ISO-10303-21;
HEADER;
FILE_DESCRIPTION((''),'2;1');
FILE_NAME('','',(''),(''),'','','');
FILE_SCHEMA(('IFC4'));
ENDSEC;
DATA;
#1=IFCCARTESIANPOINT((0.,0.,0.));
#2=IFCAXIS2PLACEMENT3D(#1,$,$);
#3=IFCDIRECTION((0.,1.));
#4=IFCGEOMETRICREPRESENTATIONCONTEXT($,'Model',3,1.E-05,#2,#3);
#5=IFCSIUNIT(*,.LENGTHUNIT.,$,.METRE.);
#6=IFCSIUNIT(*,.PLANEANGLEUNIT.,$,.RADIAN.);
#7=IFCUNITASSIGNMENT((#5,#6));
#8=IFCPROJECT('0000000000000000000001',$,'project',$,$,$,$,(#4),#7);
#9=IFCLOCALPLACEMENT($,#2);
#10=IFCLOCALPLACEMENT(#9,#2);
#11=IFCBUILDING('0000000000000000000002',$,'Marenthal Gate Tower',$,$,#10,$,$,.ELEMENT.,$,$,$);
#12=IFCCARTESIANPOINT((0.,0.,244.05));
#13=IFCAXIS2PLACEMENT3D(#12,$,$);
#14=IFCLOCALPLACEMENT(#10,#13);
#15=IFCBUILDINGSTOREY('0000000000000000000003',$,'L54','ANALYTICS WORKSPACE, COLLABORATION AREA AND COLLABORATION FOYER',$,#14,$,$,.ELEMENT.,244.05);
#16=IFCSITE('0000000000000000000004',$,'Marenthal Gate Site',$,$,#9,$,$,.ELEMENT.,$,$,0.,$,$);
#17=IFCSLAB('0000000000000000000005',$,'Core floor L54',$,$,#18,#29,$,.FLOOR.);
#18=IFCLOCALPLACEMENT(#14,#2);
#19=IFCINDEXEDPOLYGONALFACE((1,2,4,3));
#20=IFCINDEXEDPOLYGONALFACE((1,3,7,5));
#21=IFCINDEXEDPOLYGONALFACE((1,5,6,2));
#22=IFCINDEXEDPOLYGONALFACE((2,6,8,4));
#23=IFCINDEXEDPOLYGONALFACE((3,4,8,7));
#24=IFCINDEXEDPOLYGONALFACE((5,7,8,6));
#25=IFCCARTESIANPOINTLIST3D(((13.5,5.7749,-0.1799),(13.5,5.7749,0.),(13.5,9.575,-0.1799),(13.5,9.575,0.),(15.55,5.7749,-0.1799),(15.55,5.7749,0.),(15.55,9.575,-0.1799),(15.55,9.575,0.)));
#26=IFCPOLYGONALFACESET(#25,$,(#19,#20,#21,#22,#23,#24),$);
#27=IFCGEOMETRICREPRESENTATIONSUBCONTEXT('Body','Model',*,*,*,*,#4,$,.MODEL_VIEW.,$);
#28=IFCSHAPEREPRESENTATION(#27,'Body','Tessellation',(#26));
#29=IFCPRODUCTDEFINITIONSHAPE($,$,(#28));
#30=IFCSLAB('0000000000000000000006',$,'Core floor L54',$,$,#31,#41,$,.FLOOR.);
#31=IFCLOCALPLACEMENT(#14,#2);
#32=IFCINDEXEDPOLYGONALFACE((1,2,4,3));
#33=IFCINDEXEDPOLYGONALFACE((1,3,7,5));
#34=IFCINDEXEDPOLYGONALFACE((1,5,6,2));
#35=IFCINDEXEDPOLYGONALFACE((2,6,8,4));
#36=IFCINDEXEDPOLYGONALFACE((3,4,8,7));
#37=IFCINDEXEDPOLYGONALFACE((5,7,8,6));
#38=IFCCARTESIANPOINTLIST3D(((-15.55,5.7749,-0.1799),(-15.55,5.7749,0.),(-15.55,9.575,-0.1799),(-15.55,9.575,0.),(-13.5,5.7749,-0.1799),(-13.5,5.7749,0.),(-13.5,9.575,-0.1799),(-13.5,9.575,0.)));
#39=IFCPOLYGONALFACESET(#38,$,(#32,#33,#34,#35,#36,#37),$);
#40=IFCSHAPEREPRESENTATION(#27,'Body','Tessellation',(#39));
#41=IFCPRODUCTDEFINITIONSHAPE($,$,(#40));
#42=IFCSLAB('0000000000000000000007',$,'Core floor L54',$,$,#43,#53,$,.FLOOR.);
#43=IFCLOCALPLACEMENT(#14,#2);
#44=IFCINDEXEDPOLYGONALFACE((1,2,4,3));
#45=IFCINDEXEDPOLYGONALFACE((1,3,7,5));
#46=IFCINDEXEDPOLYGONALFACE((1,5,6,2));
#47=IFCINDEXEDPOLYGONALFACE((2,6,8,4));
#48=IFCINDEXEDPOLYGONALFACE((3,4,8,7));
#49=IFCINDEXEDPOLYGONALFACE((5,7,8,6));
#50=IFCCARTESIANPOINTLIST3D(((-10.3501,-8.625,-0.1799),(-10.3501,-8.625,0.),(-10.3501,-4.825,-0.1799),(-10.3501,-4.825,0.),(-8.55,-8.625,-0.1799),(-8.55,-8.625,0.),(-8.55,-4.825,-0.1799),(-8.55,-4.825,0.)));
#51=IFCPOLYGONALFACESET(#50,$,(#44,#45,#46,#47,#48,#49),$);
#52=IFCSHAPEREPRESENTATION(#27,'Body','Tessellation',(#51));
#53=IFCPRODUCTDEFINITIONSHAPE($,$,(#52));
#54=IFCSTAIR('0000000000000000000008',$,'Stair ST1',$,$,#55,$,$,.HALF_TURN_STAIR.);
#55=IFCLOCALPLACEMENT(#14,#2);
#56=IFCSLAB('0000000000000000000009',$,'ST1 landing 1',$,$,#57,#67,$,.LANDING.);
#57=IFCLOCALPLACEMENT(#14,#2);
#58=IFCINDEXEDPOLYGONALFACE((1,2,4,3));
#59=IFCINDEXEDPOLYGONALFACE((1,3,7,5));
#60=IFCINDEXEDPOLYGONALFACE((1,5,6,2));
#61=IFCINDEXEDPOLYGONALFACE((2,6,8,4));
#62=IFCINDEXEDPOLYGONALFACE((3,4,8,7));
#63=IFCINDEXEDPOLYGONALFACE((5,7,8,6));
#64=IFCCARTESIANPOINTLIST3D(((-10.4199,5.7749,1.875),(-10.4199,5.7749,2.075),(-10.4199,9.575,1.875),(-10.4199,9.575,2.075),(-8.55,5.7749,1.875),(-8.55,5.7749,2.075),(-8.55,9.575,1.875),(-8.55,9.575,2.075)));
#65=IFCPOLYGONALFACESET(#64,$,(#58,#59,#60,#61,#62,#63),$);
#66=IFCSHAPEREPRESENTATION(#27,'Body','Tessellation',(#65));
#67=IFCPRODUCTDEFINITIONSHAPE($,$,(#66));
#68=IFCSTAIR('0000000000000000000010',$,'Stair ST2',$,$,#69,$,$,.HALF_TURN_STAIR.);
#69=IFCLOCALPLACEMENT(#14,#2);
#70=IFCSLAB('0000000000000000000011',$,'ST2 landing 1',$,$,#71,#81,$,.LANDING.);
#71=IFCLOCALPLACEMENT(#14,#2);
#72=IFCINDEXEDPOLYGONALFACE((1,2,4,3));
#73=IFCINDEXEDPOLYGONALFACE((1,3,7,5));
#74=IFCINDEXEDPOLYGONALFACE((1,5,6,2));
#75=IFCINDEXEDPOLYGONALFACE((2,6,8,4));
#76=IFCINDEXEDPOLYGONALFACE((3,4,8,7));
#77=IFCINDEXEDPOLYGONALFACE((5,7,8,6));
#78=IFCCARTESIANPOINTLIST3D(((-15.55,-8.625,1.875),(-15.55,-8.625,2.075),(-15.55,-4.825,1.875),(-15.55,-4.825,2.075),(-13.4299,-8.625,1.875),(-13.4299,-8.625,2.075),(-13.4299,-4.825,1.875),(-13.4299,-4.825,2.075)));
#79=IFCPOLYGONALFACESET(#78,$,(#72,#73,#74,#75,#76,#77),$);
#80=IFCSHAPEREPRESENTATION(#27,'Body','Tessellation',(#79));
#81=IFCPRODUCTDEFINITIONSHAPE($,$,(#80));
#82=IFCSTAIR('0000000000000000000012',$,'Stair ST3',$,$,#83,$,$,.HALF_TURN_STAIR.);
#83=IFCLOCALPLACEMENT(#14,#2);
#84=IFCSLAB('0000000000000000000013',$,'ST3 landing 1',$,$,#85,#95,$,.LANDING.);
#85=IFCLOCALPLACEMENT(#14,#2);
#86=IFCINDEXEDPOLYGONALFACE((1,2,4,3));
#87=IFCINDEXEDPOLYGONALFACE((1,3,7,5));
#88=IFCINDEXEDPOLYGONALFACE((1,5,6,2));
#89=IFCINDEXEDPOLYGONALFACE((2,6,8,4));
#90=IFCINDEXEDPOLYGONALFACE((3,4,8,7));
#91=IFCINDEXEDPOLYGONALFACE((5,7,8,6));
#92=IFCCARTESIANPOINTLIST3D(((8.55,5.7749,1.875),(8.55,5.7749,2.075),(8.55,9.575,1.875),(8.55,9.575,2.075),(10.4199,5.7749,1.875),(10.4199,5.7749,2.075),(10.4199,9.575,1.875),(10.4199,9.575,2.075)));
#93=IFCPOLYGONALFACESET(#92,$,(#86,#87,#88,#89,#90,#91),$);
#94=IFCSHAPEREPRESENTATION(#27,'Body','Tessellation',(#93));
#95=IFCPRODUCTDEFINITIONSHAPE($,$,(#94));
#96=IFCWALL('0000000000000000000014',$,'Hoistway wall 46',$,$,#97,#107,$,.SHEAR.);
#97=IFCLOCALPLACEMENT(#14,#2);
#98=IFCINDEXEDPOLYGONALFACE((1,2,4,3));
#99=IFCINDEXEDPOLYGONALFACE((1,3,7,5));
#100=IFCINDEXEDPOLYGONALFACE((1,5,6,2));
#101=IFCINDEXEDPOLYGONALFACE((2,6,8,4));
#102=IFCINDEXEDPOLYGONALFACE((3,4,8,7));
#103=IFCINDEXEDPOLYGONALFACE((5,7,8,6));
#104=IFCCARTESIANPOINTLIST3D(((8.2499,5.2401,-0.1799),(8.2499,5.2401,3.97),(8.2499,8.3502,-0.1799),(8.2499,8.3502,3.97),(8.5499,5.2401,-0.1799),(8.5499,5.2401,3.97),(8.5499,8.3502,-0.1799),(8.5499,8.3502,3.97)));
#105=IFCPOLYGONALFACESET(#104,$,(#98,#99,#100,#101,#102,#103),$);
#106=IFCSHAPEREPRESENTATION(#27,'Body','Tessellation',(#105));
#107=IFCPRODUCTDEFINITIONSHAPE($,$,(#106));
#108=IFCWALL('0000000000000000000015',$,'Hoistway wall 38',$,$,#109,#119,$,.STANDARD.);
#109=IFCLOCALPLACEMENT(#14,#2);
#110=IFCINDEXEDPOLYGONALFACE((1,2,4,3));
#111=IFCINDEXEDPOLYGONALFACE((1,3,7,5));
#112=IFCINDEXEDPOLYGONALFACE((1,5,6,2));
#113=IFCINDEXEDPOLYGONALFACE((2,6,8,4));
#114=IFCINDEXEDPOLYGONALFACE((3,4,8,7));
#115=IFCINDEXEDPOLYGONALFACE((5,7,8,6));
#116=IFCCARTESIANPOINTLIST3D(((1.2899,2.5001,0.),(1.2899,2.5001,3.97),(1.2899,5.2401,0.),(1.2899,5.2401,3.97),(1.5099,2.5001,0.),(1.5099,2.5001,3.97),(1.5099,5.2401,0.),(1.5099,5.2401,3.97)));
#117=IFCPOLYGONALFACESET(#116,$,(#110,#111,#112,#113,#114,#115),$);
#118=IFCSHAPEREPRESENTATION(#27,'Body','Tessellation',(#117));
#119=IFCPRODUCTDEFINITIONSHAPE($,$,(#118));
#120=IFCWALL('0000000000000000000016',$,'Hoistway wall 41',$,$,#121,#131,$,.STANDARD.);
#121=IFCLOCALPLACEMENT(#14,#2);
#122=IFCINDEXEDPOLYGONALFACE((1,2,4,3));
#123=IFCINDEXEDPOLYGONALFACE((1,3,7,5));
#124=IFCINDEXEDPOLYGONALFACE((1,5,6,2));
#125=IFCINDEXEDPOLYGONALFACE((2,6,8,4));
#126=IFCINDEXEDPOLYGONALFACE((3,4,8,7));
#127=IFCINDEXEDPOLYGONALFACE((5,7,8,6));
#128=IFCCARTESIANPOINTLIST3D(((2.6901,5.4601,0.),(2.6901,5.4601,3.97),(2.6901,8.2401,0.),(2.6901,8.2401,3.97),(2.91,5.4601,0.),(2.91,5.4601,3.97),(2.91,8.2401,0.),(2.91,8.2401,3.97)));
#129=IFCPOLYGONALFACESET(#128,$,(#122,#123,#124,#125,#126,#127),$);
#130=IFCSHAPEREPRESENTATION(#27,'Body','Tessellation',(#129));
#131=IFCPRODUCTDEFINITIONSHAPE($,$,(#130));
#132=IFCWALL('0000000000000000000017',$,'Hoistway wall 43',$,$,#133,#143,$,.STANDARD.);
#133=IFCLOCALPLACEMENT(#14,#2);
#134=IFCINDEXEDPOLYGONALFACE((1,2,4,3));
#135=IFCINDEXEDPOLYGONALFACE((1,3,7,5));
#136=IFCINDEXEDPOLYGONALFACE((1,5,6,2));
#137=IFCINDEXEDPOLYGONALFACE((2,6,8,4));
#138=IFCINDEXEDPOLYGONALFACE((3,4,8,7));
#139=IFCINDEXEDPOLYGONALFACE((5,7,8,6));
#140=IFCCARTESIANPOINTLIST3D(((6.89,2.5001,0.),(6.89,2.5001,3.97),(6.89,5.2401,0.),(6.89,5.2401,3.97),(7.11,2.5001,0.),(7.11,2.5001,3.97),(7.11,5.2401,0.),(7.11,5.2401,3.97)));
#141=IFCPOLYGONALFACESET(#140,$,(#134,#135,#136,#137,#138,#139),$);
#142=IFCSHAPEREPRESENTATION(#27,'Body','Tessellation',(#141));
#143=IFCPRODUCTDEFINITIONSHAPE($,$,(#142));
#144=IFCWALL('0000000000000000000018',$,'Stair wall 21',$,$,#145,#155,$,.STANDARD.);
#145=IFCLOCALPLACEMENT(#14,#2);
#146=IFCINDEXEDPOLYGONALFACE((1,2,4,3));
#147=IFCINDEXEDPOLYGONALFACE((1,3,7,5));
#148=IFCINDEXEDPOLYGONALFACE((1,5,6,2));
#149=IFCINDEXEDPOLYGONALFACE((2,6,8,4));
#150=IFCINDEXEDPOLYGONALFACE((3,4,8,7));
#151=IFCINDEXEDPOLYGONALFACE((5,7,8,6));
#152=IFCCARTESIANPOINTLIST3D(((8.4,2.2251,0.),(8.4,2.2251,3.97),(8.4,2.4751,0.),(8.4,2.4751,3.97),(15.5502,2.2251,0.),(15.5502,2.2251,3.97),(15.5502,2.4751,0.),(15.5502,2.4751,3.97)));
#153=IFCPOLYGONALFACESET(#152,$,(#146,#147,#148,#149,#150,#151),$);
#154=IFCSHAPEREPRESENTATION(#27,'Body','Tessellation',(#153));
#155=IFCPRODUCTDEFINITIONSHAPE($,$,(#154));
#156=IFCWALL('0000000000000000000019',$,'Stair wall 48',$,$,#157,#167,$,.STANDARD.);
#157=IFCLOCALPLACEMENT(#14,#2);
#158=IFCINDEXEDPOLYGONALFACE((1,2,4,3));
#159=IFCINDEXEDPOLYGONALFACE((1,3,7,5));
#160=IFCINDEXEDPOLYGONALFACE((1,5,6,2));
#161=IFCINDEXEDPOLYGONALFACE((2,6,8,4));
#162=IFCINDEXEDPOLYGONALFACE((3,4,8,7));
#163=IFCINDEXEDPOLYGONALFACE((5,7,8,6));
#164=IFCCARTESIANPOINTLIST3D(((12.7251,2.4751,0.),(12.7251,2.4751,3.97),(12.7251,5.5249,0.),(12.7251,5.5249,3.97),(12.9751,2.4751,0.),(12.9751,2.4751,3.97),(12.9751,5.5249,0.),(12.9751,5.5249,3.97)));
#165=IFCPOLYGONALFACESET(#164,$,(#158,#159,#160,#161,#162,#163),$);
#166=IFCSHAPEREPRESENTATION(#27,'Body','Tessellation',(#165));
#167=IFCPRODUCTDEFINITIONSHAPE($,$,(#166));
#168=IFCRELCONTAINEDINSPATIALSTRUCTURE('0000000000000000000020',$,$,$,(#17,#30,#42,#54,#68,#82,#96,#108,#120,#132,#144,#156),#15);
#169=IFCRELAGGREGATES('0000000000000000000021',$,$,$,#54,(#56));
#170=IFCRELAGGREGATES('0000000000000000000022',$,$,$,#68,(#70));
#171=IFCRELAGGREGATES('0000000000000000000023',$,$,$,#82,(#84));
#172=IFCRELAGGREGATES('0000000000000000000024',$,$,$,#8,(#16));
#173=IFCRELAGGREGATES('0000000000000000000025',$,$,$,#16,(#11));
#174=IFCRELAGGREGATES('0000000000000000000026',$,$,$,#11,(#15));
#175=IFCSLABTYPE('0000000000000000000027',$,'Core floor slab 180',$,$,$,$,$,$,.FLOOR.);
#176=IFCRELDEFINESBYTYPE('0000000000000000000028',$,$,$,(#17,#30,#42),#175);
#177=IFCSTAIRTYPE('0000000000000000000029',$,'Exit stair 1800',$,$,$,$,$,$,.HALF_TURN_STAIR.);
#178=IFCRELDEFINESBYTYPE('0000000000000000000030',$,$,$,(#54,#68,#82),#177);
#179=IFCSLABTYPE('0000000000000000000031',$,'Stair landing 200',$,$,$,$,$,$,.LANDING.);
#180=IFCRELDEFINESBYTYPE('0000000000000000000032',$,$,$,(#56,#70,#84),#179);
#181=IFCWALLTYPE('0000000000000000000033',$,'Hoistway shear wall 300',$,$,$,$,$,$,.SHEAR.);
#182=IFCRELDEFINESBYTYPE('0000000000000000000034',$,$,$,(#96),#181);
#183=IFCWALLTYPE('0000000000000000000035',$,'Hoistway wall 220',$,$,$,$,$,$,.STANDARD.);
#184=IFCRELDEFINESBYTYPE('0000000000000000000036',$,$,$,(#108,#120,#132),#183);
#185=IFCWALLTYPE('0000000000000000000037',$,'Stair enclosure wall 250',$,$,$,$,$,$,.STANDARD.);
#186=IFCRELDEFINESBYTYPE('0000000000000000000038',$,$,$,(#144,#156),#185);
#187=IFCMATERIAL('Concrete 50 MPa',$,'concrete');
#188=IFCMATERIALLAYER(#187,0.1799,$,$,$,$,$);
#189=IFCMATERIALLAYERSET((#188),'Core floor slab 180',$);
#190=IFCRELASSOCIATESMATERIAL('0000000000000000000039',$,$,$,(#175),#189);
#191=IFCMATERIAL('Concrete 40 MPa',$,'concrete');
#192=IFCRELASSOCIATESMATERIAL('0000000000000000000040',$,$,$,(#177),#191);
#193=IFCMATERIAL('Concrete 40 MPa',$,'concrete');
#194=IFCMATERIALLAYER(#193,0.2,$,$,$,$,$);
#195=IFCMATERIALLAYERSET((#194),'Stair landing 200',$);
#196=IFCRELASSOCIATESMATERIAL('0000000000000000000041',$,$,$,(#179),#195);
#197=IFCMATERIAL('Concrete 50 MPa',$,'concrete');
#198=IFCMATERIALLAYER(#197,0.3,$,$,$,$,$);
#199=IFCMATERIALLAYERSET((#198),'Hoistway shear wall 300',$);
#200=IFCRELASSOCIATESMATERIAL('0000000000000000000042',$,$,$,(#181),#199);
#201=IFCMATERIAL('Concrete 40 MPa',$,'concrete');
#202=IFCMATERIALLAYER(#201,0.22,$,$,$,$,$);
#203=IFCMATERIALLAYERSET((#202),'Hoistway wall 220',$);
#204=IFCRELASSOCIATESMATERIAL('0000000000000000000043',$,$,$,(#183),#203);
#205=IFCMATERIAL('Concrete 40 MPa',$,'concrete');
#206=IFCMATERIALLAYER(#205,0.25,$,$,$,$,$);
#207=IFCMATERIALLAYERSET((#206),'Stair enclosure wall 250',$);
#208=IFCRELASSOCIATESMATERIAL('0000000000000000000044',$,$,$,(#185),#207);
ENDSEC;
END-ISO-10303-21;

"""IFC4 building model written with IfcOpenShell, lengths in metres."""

from ifc_helpers import new_model, si_unit, direction, frame, frame_2d, origin, place, context, subcontext, project, spatial, polyline, rectangle, outline, extrude, material, layer, layer_set, type_object, element, aggregate, save


model = new_model("IFC4")

# Units and contexts
model_context = context("Model", 3, precision=1e-05, world=origin(), true_north=direction((0.0, 1.0)))
body_context = subcontext(model_context, "Body", "Model", "MODEL_VIEW")
ifc_project = project(units=[si_unit("LENGTHUNIT", "METRE"), si_unit("PLANEANGLEUNIT", "RADIAN")], contexts=[model_context])

# Site, building, storey
site_placement = place(None, origin())
site = spatial("IfcSite", under=ifc_project, at=site_placement, Name="Marenthal Gate Site", CompositionType="ELEMENT", RefElevation=0.0)
building_placement = place(site_placement, origin())
building = spatial("IfcBuilding", under=site, at=building_placement, Name="Marenthal Gate Tower", CompositionType="ELEMENT")
storey_placement = place(building_placement, frame((0.0, 0.0, 244.05)))
storey = spatial("IfcBuildingStorey", under=building, at=storey_placement, Name="L54", Description="ANALYTICS WORKSPACE, COLLABORATION AREA AND COLLABORATION FOYER", CompositionType="ELEMENT", Elevation=244.05)

# Slabs
ifc_material_1 = material(Name="Concrete 50 MPa", Category="concrete")
ifc_layer_1 = layer(ifc_material_1, 0.1799)
ifc_layer_set_1 = layer_set([ifc_layer_1], Name="Core floor slab 180")
slab_type_1 = type_object("IfcSlabType", Name="Core floor slab 180", PredefinedType="FLOOR", material=ifc_layer_set_1)
slab_1_placement = place(storey_placement, frame((0.0, 0.0, -0.1799)))
element("IfcSlab", 1, at=slab_1_placement, inside=storey, type_object=slab_type_1, Name="Core floor L54", PredefinedType="FLOOR", context=body_context, shape_type="SweptSolid", body=[
    extrude(outline(polyline([(15.55, 5.7749), (13.5, 5.7749), (13.5, 9.575), (15.55, 9.575), (15.55, 5.7749)])), origin(), (0.0, 0.0, 1.0), 0.1799),
])
slab_2_placement = place(storey_placement, frame((0.0, 0.0, -0.1799)))
element("IfcSlab", 2, at=slab_2_placement, inside=storey, type_object=slab_type_1, Name="Core floor L54", PredefinedType="FLOOR", context=body_context, shape_type="SweptSolid", body=[
    extrude(outline(polyline([(-15.55, 9.575), (-13.5, 9.575), (-13.5, 5.7749), (-15.55, 5.7749), (-15.55, 9.575)])), origin(), (0.0, 0.0, 1.0), 0.1799),
])
slab_3_placement = place(storey_placement, frame((0.0, 0.0, -0.1799)))
element("IfcSlab", 3, at=slab_3_placement, inside=storey, type_object=slab_type_1, Name="Core floor L54", PredefinedType="FLOOR", context=body_context, shape_type="SweptSolid", body=[
    extrude(outline(polyline([(-8.55, -8.625), (-10.3501, -8.625), (-10.3501, -4.825), (-8.55, -4.825), (-8.55, -8.625)])), origin(), (0.0, 0.0, 1.0), 0.1799),
])

# Stairs, slabs
ifc_material_2 = material(Name="Concrete 40 MPa", Category="concrete")
stair_type = type_object("IfcStairType", Name="Exit stair 1800", PredefinedType="HALF_TURN_STAIR", material=ifc_material_2)
stair_1_placement = place(storey_placement, origin())
stair_1 = element("IfcStair", 4, at=stair_1_placement, inside=storey, type_object=stair_type, Name="Stair ST1", PredefinedType="HALF_TURN_STAIR")
ifc_material_3 = material(Name="Concrete 40 MPa", Category="concrete")
ifc_layer_2 = layer(ifc_material_3, 0.2)
ifc_layer_set_2 = layer_set([ifc_layer_2], Name="Stair landing 200")
slab_type_2 = type_object("IfcSlabType", Name="Stair landing 200", PredefinedType="LANDING", material=ifc_layer_set_2)
slab_4_placement = place(storey_placement, frame((0.0, 0.0, 1.875)))
slab_4 = element("IfcSlab", 5, at=slab_4_placement, type_object=slab_type_2, Name="ST1 landing 1", PredefinedType="LANDING", context=body_context, shape_type="SweptSolid", body=[
    extrude(outline(polyline([(-10.4199, 5.7749), (-8.55, 5.7749), (-8.55, 9.575), (-10.4199, 9.575), (-10.4199, 5.7749)])), origin(), (0.0, 0.0, 1.0), 0.2),
])
aggregate(stair_1, [slab_4])
stair_2_placement = place(storey_placement, origin())
stair_2 = element("IfcStair", 6, at=stair_2_placement, inside=storey, type_object=stair_type, Name="Stair ST2", PredefinedType="HALF_TURN_STAIR")
slab_5_placement = place(storey_placement, frame((0.0, 0.0, 1.875)))
slab_5 = element("IfcSlab", 7, at=slab_5_placement, type_object=slab_type_2, Name="ST2 landing 1", PredefinedType="LANDING", context=body_context, shape_type="SweptSolid", body=[
    extrude(outline(polyline([(-15.55, -8.625), (-13.4299, -8.625), (-13.4299, -4.825), (-15.55, -4.825), (-15.55, -8.625)])), origin(), (0.0, 0.0, 1.0), 0.2),
])
aggregate(stair_2, [slab_5])
stair_3_placement = place(storey_placement, origin())
stair_3 = element("IfcStair", 8, at=stair_3_placement, inside=storey, type_object=stair_type, Name="Stair ST3", PredefinedType="HALF_TURN_STAIR")
slab_6_placement = place(storey_placement, frame((0.0, 0.0, 1.875)))
slab_6 = element("IfcSlab", 9, at=slab_6_placement, type_object=slab_type_2, Name="ST3 landing 1", PredefinedType="LANDING", context=body_context, shape_type="SweptSolid", body=[
    extrude(outline(polyline([(8.55, 5.7749), (10.4199, 5.7749), (10.4199, 9.575), (8.55, 9.575), (8.55, 5.7749)])), origin(), (0.0, 0.0, 1.0), 0.2),
])

# Walls
ifc_material_4 = material(Name="Concrete 50 MPa", Category="concrete")
ifc_layer_3 = layer(ifc_material_4, 0.3)
ifc_layer_set_3 = layer_set([ifc_layer_3], Name="Hoistway shear wall 300")
wall_type_1 = type_object("IfcWallType", Name="Hoistway shear wall 300", PredefinedType="SHEAR", material=ifc_layer_set_3)
wall_1_placement = place(storey_placement, frame((8.3999, 5.24, -0.1799), z_axis=(0.0, 0.0, 1.0), x_axis=(0.0, 1.0, 0.0)))
element("IfcWall", 10, at=wall_1_placement, inside=storey, type_object=wall_type_1, Name="Hoistway wall 46", PredefinedType="SHEAR", context=body_context, shape_type="SweptSolid", body=[
    extrude(rectangle(XDim=3.1101, YDim=0.3, at=frame_2d((1.5552, 0.0))), origin(), (0.0, 0.0, 1.0), 4.1499),
])
ifc_material_5 = material(Name="Concrete 40 MPa", Category="concrete")
ifc_layer_4 = layer(ifc_material_5, 0.22)
ifc_layer_set_4 = layer_set([ifc_layer_4], Name="Hoistway wall 220")
wall_type_2 = type_object("IfcWallType", Name="Hoistway wall 220", PredefinedType="STANDARD", material=ifc_layer_set_4)
wall_2_placement = place(storey_placement, frame((1.3999, 2.5, 0.0), z_axis=(0.0, 0.0, 1.0), x_axis=(0.0, 1.0, 0.0)))
element("IfcWall", 11, at=wall_2_placement, inside=storey, type_object=wall_type_2, Name="Hoistway wall 38", PredefinedType="STANDARD", context=body_context, shape_type="SweptSolid", body=[
    extrude(rectangle(XDim=2.74, YDim=0.22, at=frame_2d((1.3701, 0.0))), origin(), (0.0, 0.0, 1.0), 3.97),
])
wall_3_placement = place(storey_placement, frame((2.8, 5.46, 0.0), z_axis=(0.0, 0.0, 1.0), x_axis=(0.0, 1.0, 0.0)))
element("IfcWall", 12, at=wall_3_placement, inside=storey, type_object=wall_type_2, Name="Hoistway wall 41", PredefinedType="STANDARD", context=body_context, shape_type="SweptSolid", body=[
    extrude(rectangle(XDim=2.78, YDim=0.22, at=frame_2d((1.3901, 0.0))), origin(), (0.0, 0.0, 1.0), 3.97),
])
wall_4_placement = place(storey_placement, frame((7.0, 2.5, 0.0), z_axis=(0.0, 0.0, 1.0), x_axis=(0.0, 1.0, 0.0)))
element("IfcWall", 13, at=wall_4_placement, inside=storey, type_object=wall_type_2, Name="Hoistway wall 43", PredefinedType="STANDARD", context=body_context, shape_type="SweptSolid", body=[
    extrude(rectangle(XDim=2.74, YDim=0.22, at=frame_2d((1.3701, 0.0))), origin(), (0.0, 0.0, 1.0), 3.97),
])
ifc_material_6 = material(Name="Concrete 40 MPa", Category="concrete")
ifc_layer_5 = layer(ifc_material_6, 0.25)
ifc_layer_set_5 = layer_set([ifc_layer_5], Name="Stair enclosure wall 250")
wall_type_3 = type_object("IfcWallType", Name="Stair enclosure wall 250", PredefinedType="STANDARD", material=ifc_layer_set_5)
wall_5_placement = place(storey_placement, frame((8.3999, 2.3501, 0.0), z_axis=(0.0, 0.0, 1.0), x_axis=(1.0, 0.0, 0.0)))
element("IfcWall", 14, at=wall_5_placement, inside=storey, type_object=wall_type_3, Name="Stair wall 21", PredefinedType="STANDARD", context=body_context, shape_type="SweptSolid", body=[
    extrude(rectangle(XDim=7.1501, YDim=0.25, at=frame_2d((3.5752, 0.0))), origin(), (0.0, 0.0, 1.0), 3.97),
])
wall_6_placement = place(storey_placement, frame((12.8501, 2.4751, 0.0), z_axis=(0.0, 0.0, 1.0), x_axis=(0.0, 1.0, 0.0)))
element("IfcWall", 15, at=wall_6_placement, inside=storey, type_object=wall_type_3, Name="Stair wall 48", PredefinedType="STANDARD", context=body_context, shape_type="SweptSolid", body=[
    extrude(rectangle(XDim=3.0498, YDim=0.25, at=frame_2d((1.5249, 0.0))), origin(), (0.0, 0.0, 1.0), 3.97),
])

aggregate(stair_3, [slab_6])

save(model, "model.ifc")
